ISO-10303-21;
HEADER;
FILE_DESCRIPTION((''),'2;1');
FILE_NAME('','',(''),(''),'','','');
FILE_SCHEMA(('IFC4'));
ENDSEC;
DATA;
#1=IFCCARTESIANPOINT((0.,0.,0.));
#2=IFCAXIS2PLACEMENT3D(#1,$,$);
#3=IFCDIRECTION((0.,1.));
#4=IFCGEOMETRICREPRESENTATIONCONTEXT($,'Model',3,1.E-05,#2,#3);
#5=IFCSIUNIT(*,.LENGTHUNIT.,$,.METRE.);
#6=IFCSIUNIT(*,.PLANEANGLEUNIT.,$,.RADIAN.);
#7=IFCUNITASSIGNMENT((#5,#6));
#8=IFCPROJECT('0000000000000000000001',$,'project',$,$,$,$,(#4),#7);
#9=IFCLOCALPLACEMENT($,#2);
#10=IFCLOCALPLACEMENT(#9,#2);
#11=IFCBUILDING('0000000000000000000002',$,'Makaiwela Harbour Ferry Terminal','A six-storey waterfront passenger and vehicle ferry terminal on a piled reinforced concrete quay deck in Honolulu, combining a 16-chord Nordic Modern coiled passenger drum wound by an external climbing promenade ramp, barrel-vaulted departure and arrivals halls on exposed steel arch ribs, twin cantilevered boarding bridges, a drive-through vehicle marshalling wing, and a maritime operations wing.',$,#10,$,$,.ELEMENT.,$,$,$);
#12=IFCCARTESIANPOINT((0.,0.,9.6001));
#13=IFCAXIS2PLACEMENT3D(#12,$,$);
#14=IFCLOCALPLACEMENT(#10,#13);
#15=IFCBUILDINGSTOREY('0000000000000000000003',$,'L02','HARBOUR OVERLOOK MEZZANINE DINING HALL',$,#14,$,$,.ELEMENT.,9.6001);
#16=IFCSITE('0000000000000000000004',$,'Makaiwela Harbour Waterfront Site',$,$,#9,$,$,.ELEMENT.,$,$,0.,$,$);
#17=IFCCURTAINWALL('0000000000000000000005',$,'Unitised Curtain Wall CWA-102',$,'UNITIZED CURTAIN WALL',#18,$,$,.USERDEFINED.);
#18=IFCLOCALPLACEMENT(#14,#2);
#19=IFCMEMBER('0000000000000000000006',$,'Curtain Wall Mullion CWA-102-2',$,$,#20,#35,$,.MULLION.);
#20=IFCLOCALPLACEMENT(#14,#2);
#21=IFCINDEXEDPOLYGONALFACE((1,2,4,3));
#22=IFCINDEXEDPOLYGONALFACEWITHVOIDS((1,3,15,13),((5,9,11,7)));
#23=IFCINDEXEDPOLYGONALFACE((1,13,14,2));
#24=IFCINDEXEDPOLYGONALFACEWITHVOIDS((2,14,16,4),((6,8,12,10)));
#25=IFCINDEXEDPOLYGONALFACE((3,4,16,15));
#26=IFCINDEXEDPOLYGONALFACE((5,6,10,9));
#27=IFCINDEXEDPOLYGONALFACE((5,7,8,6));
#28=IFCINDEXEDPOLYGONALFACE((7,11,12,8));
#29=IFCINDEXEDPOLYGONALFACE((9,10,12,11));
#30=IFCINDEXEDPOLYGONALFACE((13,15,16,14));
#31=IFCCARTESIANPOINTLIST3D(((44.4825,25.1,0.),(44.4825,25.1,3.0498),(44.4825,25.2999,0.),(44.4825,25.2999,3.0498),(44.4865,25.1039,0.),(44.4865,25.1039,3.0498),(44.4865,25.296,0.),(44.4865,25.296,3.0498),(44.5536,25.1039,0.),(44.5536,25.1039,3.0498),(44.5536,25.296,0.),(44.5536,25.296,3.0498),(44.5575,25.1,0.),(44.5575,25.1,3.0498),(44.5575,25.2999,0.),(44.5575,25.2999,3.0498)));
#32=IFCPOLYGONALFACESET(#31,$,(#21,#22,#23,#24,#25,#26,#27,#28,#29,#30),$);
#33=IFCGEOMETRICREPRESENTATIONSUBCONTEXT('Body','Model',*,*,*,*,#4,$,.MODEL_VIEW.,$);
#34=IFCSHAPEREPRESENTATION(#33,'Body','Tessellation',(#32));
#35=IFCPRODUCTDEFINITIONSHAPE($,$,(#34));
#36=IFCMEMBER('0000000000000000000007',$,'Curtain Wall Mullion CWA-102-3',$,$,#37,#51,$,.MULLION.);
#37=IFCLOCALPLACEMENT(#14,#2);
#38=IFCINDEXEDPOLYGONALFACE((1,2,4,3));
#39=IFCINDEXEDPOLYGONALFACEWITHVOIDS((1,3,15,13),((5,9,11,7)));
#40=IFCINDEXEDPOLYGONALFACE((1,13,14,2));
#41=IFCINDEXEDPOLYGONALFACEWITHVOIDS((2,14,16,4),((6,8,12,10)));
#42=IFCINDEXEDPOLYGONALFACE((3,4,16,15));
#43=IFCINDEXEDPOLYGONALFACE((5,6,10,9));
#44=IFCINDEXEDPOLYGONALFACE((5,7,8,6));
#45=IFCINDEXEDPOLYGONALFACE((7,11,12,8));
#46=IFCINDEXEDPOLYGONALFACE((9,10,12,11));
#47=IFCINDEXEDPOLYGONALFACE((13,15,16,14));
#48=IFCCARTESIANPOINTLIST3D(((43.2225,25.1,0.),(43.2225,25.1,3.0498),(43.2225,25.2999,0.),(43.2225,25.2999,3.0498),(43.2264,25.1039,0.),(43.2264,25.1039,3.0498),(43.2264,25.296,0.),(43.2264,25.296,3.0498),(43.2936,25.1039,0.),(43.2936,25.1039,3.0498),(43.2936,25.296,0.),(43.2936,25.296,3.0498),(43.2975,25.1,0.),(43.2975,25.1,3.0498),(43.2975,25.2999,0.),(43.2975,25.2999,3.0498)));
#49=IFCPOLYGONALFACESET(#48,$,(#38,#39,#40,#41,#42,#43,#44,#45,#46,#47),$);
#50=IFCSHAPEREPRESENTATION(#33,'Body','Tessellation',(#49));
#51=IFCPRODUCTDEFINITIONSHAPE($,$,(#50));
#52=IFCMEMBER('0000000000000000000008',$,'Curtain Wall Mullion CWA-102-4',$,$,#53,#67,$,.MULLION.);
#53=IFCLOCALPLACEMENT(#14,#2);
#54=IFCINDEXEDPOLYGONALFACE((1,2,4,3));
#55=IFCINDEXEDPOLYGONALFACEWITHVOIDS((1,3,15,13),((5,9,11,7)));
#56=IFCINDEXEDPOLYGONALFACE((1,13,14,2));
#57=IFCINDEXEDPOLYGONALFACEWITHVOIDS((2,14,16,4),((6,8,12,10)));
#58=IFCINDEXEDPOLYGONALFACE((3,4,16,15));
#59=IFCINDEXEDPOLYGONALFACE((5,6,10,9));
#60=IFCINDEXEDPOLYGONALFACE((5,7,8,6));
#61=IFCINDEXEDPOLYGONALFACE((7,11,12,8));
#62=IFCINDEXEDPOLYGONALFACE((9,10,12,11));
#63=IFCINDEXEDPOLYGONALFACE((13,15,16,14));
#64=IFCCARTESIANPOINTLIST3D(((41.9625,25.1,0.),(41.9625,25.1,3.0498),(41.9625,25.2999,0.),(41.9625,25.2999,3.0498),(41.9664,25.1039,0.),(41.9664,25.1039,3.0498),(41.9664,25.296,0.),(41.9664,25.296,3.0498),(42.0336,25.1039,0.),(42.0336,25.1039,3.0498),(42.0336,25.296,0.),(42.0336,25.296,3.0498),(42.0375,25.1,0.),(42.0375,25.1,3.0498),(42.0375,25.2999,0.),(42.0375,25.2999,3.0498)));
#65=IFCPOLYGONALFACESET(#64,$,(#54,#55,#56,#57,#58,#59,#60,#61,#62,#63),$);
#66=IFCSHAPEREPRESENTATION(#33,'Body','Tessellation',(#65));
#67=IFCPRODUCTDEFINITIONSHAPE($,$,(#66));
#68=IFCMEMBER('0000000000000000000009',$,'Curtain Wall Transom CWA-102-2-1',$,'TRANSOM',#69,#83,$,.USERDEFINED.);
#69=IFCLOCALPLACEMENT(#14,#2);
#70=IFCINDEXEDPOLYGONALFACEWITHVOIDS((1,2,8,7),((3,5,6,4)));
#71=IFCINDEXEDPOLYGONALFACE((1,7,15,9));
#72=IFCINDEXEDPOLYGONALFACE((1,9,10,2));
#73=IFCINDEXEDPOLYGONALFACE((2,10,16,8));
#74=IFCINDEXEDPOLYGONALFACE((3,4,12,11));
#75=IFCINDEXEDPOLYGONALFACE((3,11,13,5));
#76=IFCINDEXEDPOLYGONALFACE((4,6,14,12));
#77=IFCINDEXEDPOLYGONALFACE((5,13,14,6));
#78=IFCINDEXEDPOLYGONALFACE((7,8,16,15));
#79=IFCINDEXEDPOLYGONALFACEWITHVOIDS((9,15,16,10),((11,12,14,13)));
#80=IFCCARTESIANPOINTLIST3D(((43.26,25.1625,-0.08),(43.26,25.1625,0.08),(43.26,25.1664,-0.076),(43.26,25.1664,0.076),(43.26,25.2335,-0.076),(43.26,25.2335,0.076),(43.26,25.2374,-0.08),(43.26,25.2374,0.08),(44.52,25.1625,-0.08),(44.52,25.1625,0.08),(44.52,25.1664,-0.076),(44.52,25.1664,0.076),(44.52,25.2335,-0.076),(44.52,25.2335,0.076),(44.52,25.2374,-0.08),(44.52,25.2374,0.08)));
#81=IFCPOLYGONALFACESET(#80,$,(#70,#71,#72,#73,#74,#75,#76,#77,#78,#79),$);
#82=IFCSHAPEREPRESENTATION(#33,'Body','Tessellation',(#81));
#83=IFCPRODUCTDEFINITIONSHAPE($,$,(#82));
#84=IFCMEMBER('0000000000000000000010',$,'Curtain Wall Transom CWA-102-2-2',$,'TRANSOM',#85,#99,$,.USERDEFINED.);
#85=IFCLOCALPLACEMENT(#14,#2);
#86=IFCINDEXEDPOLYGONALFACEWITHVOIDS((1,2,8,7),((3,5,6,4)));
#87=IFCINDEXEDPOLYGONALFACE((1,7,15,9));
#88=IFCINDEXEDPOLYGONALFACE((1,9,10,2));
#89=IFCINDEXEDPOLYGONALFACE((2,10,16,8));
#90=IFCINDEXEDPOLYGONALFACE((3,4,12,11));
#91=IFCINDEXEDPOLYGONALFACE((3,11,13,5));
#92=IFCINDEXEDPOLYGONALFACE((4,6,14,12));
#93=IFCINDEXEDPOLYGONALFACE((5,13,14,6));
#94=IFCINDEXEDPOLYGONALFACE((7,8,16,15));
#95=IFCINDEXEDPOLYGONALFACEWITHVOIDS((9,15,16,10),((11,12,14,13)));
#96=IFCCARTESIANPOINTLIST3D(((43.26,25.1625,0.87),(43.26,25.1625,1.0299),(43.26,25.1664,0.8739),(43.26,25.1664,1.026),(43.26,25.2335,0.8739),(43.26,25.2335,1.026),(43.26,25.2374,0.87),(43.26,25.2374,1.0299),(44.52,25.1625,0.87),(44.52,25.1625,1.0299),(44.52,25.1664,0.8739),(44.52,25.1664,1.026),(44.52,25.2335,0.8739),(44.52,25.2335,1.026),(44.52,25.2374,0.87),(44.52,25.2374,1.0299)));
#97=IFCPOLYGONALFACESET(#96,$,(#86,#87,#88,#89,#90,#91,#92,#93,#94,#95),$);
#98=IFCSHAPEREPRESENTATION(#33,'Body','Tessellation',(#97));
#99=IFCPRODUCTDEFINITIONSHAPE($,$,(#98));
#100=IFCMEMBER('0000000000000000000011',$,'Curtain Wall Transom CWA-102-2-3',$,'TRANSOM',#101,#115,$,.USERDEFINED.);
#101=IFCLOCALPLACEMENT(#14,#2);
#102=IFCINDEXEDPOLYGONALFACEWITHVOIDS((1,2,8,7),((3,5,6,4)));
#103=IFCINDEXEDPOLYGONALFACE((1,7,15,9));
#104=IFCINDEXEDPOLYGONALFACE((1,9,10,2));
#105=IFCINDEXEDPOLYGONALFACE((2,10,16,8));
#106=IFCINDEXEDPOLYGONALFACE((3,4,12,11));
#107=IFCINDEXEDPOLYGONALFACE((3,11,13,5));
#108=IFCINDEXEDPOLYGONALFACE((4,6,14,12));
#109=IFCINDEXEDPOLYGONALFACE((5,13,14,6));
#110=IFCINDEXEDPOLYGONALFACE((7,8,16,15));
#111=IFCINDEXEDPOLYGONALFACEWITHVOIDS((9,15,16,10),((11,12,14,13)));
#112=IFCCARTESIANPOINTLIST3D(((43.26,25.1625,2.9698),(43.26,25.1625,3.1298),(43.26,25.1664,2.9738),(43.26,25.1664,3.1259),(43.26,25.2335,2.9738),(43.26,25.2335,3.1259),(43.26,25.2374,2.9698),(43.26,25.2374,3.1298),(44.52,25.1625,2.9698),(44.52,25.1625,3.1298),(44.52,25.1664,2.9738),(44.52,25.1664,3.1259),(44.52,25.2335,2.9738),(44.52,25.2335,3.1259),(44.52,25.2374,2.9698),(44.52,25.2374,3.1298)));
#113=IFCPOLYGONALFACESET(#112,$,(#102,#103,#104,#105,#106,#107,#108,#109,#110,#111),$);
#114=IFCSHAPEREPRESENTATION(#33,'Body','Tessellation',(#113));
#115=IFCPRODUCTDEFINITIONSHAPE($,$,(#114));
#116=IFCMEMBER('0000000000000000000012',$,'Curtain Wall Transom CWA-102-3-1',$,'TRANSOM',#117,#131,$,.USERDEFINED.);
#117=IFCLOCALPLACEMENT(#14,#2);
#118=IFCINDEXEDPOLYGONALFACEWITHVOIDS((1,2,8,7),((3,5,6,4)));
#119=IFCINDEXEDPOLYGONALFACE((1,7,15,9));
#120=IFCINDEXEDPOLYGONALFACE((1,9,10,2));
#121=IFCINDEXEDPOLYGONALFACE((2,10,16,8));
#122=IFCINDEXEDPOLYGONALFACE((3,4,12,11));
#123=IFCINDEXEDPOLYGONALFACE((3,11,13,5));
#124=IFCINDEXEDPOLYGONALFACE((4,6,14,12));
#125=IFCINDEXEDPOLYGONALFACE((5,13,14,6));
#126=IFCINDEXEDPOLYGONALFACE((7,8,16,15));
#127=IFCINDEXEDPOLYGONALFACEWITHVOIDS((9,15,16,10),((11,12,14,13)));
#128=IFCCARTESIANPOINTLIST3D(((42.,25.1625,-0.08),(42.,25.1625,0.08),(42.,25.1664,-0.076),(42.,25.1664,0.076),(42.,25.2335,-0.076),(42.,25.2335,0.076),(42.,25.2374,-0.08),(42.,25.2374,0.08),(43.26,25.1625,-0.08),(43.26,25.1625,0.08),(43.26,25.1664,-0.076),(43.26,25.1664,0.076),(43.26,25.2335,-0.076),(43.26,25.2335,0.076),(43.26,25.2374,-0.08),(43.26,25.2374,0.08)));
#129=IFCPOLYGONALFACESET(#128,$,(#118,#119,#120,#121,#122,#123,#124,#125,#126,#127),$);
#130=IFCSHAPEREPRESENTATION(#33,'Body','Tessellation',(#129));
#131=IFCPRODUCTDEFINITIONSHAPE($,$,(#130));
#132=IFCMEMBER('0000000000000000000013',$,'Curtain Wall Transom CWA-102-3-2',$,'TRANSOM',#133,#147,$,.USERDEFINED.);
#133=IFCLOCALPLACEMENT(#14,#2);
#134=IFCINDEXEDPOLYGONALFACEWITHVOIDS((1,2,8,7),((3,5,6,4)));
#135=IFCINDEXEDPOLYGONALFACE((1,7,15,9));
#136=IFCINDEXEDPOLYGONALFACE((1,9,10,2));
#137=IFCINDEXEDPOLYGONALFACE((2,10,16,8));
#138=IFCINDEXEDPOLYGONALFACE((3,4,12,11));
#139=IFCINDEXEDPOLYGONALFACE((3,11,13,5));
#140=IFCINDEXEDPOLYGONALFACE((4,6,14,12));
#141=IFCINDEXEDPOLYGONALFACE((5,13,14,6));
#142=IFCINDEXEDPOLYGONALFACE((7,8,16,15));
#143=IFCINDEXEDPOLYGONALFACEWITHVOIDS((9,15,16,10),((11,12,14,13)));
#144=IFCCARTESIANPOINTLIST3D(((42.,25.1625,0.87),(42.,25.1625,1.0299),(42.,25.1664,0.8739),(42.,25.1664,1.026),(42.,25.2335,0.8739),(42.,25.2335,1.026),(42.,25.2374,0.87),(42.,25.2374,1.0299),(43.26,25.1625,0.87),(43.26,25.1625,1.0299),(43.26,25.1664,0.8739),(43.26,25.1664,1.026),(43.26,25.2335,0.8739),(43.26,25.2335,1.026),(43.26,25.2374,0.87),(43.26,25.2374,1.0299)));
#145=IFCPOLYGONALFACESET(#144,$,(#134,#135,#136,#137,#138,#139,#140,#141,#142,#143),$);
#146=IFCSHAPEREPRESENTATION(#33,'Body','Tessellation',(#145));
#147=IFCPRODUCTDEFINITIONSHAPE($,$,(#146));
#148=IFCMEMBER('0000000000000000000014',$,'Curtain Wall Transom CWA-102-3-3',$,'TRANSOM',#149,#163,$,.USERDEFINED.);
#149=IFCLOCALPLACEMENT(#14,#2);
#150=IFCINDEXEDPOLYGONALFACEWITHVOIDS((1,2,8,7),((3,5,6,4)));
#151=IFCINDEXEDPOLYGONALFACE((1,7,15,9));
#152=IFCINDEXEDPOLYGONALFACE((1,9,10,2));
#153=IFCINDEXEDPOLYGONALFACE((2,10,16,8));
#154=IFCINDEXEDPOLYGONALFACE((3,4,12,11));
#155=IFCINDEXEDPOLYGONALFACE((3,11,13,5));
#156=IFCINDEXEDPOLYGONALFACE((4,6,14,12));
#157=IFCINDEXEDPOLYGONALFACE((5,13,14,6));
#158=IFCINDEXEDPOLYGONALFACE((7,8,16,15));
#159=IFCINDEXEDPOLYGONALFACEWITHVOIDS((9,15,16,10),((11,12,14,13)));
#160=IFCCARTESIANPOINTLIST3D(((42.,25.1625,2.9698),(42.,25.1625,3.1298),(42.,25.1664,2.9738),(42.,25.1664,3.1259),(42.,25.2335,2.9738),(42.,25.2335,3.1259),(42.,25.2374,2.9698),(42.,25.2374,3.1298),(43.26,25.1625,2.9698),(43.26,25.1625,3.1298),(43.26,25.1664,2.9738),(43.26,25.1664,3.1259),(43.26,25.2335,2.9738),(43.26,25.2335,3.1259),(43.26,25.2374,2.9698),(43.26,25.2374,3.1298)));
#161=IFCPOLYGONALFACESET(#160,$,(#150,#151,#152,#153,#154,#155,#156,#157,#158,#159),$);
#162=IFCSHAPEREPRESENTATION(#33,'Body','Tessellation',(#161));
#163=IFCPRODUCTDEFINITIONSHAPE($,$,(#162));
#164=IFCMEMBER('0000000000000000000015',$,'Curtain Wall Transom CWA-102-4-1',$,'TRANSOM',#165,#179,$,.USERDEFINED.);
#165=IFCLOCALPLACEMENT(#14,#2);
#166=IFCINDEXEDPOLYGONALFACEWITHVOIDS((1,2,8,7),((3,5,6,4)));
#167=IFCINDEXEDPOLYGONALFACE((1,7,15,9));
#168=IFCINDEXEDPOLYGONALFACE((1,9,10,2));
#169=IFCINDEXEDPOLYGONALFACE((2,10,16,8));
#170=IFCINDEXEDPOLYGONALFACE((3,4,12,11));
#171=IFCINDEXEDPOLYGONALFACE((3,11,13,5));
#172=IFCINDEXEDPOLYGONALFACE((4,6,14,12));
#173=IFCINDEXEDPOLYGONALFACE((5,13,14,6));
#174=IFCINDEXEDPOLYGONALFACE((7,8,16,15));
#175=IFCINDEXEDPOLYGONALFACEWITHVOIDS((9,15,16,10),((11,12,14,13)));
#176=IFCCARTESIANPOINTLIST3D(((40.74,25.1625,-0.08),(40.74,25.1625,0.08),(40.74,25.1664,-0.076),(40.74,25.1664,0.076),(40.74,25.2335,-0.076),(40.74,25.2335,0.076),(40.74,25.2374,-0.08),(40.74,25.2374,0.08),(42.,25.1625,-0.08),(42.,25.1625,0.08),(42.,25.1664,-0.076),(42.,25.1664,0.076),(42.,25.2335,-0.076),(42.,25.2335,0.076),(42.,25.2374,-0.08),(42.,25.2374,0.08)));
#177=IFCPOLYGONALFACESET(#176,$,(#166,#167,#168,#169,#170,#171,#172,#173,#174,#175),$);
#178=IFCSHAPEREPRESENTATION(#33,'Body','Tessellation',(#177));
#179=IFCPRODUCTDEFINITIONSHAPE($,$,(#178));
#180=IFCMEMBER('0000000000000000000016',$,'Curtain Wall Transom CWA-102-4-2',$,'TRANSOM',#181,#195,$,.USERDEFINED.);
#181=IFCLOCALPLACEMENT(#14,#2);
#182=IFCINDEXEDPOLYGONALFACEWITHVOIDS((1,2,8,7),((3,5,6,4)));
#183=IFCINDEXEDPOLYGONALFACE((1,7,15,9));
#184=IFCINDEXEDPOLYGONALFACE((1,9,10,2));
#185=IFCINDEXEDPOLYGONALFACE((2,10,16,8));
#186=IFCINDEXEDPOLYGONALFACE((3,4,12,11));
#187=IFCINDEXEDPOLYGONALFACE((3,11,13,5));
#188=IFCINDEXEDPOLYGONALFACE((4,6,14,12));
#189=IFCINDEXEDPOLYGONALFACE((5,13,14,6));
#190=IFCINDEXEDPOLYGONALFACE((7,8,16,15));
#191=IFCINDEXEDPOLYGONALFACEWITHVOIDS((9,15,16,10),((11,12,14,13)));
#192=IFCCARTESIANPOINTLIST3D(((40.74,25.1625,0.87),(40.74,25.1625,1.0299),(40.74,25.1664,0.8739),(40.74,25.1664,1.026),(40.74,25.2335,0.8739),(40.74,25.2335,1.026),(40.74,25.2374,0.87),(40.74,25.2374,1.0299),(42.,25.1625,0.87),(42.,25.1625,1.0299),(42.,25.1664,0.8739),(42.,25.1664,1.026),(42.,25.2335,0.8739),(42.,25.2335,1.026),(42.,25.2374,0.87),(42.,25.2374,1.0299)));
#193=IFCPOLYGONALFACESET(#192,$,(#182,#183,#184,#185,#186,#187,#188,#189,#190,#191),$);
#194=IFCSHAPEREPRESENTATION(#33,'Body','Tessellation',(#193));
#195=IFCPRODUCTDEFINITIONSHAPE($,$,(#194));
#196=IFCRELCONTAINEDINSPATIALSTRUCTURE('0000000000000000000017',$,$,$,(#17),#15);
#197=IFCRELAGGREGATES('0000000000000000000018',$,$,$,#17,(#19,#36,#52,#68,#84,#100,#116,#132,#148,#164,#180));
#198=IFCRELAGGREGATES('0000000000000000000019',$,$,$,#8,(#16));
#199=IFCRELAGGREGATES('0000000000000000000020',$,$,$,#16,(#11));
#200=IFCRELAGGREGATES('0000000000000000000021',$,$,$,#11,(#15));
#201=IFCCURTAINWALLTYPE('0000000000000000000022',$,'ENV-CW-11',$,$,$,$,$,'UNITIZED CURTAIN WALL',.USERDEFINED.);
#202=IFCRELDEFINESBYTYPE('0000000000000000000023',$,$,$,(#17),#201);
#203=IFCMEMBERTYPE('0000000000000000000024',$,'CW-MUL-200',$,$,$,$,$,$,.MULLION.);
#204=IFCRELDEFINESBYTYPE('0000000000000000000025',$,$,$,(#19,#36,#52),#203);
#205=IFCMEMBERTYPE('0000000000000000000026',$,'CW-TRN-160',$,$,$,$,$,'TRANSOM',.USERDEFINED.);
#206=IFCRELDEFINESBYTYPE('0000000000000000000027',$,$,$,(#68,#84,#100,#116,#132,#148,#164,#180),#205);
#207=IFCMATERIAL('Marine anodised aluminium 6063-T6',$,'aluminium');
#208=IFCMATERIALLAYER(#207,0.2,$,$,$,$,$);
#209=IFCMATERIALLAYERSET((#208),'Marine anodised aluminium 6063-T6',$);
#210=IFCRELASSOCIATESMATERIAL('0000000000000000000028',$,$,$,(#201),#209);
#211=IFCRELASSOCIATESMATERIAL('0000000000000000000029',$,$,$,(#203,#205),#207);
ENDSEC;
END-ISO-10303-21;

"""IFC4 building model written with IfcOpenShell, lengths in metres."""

from ifc_helpers import new_model, si_unit, direction, frame, origin, origin_2d, place, context, subcontext, project, spatial, hollow_rectangle, extrude, material, layer, layer_set, material_profile, profile_set, type_object, element, aggregate, save


model = new_model("IFC4")

# Units and contexts
model_context = context("Model", 3, precision=1e-05, world=origin(), true_north=direction((0.0, 1.0)))
body_context = subcontext(model_context, "Body", "Model", "MODEL_VIEW")
ifc_project = project(units=[si_unit("LENGTHUNIT", "METRE"), si_unit("PLANEANGLEUNIT", "RADIAN")], contexts=[model_context])

# Site, building, storey
site_placement = place(None, origin())
site = spatial("IfcSite", under=ifc_project, at=site_placement, Name="Makaiwela Harbour Waterfront Site", CompositionType="ELEMENT", RefElevation=0.0)
building_placement = place(site_placement, origin())
building = spatial("IfcBuilding", under=site, at=building_placement, Name="Makaiwela Harbour Ferry Terminal", Description="A six-storey waterfront passenger and vehicle ferry terminal on a piled reinforced concrete quay deck in Honolulu, combining a 16-chord Nordic Modern coiled passenger drum wound by an external climbing promenade ramp, barrel-vaulted departure and arrivals halls on exposed steel arch ribs, twin cantilevered boarding bridges, a drive-through vehicle marshalling wing, and a maritime operations wing.", CompositionType="ELEMENT")
storey_placement = place(building_placement, frame((0.0, 0.0, 9.6001)))
storey = spatial("IfcBuildingStorey", under=building, at=storey_placement, Name="L02", Description="HARBOUR OVERLOOK MEZZANINE DINING HALL", CompositionType="ELEMENT", Elevation=9.6001)

# Curtain wall, members
ifc_material_1 = material(Name="Marine anodised aluminium 6063-T6", Category="aluminium")
ifc_layer_1 = layer(ifc_material_1, 0.2)
ifc_layer_set_1 = layer_set([ifc_layer_1], Name="Marine anodised aluminium 6063-T6")
curtain_wall_type = type_object("IfcCurtainWallType", Name="ENV-CW-11", ElementType="UNITIZED CURTAIN WALL", PredefinedType="USERDEFINED", material=ifc_layer_set_1)
curtain_wall_placement = place(storey_placement, origin())
curtain_wall = element("IfcCurtainWall", 1, at=curtain_wall_placement, inside=storey, type_object=curtain_wall_type, Name="Unitised Curtain Wall CWA-102", ObjectType="UNITIZED CURTAIN WALL", PredefinedType="USERDEFINED")
ifc_material_profile_1 = material_profile(ifc_material_1, hollow_rectangle(XDim=0.075, YDim=0.2, WallThickness=0.0039, at=origin_2d()), Name="CWM-200X75")
ifc_profile_set_1 = profile_set([ifc_material_profile_1], Name="Marine anodised aluminium 6063-T6")
member_type_1 = type_object("IfcMemberType", Name="CW-MUL-200", PredefinedType="MULLION", material=ifc_profile_set_1)
member_1_placement = place(storey_placement, frame((44.52, 25.2, 0.0), z_axis=(0.0, 0.0, 1.0), x_axis=(1.0, 0.0, 0.0)))
member_1 = element("IfcMember", 2, at=member_1_placement, type_object=member_type_1, Name="Curtain Wall Mullion CWA-102-2", PredefinedType="MULLION", context=body_context, shape_type="SweptSolid", body=[
    extrude(hollow_rectangle(XDim=0.075, YDim=0.2, WallThickness=0.0039, at=origin_2d()), origin(), (0.0, 0.0, 1.0), 3.0498),
])
member_2_placement = place(storey_placement, frame((43.26, 25.2, 0.0), z_axis=(0.0, 0.0, 1.0), x_axis=(1.0, 0.0, 0.0)))
member_2 = element("IfcMember", 3, at=member_2_placement, type_object=member_type_1, Name="Curtain Wall Mullion CWA-102-3", PredefinedType="MULLION", context=body_context, shape_type="SweptSolid", body=[
    extrude(hollow_rectangle(XDim=0.075, YDim=0.2, WallThickness=0.0039, at=origin_2d()), origin(), (0.0, 0.0, 1.0), 3.0498),
])
member_3_placement = place(storey_placement, frame((42.0, 25.2, 0.0), z_axis=(0.0, 0.0, 1.0), x_axis=(1.0, 0.0, 0.0)))
member_3 = element("IfcMember", 4, at=member_3_placement, type_object=member_type_1, Name="Curtain Wall Mullion CWA-102-4", PredefinedType="MULLION", context=body_context, shape_type="SweptSolid", body=[
    extrude(hollow_rectangle(XDim=0.075, YDim=0.2, WallThickness=0.0039, at=origin_2d()), origin(), (0.0, 0.0, 1.0), 3.0498),
])
ifc_material_profile_2 = material_profile(ifc_material_1, hollow_rectangle(XDim=0.075, YDim=0.1599, WallThickness=0.0039, at=origin_2d()), Name="CWT-160X75")
ifc_profile_set_2 = profile_set([ifc_material_profile_2], Name="Marine anodised aluminium 6063-T6")
member_type_2 = type_object("IfcMemberType", Name="CW-TRN-160", ElementType="TRANSOM", PredefinedType="USERDEFINED", material=ifc_profile_set_2)
member_4_placement = place(storey_placement, frame((44.52, 25.2, 0.0), z_axis=(-1.0, 0.0, 0.0), x_axis=(0.0, -1.0, 0.0)))
member_4 = element("IfcMember", 5, at=member_4_placement, type_object=member_type_2, Name="Curtain Wall Transom CWA-102-2-1", ObjectType="TRANSOM", PredefinedType="USERDEFINED", context=body_context, shape_type="SweptSolid", body=[
    extrude(hollow_rectangle(XDim=0.075, YDim=0.1599, WallThickness=0.0039, at=origin_2d()), origin(), (0.0, 0.0, 1.0), 1.26),
])
member_5_placement = place(storey_placement, frame((44.52, 25.2, 0.95), z_axis=(-1.0, 0.0, 0.0), x_axis=(0.0, -1.0, 0.0)))
member_5 = element("IfcMember", 6, at=member_5_placement, type_object=member_type_2, Name="Curtain Wall Transom CWA-102-2-2", ObjectType="TRANSOM", PredefinedType="USERDEFINED", context=body_context, shape_type="SweptSolid", body=[
    extrude(hollow_rectangle(XDim=0.075, YDim=0.1599, WallThickness=0.0039, at=origin_2d()), origin(), (0.0, 0.0, 1.0), 1.26),
])
member_6_placement = place(storey_placement, frame((44.52, 25.2, 3.0498), z_axis=(-1.0, 0.0, 0.0), x_axis=(0.0, -1.0, 0.0)))
member_6 = element("IfcMember", 7, at=member_6_placement, type_object=member_type_2, Name="Curtain Wall Transom CWA-102-2-3", ObjectType="TRANSOM", PredefinedType="USERDEFINED", context=body_context, shape_type="SweptSolid", body=[
    extrude(hollow_rectangle(XDim=0.075, YDim=0.1599, WallThickness=0.0039, at=origin_2d()), origin(), (0.0, 0.0, 1.0), 1.26),
])
member_7_placement = place(storey_placement, frame((43.26, 25.2, 0.0), z_axis=(-1.0, 0.0, 0.0), x_axis=(0.0, -1.0, 0.0)))
member_7 = element("IfcMember", 8, at=member_7_placement, type_object=member_type_2, Name="Curtain Wall Transom CWA-102-3-1", ObjectType="TRANSOM", PredefinedType="USERDEFINED", context=body_context, shape_type="SweptSolid", body=[
    extrude(hollow_rectangle(XDim=0.075, YDim=0.1599, WallThickness=0.0039, at=origin_2d()), origin(), (0.0, 0.0, 1.0), 1.26),
])
member_8_placement = place(storey_placement, frame((43.26, 25.2, 0.95), z_axis=(-1.0, 0.0, 0.0), x_axis=(0.0, -1.0, 0.0)))
member_8 = element("IfcMember", 9, at=member_8_placement, type_object=member_type_2, Name="Curtain Wall Transom CWA-102-3-2", ObjectType="TRANSOM", PredefinedType="USERDEFINED", context=body_context, shape_type="SweptSolid", body=[
    extrude(hollow_rectangle(XDim=0.075, YDim=0.1599, WallThickness=0.0039, at=origin_2d()), origin(), (0.0, 0.0, 1.0), 1.26),
])
member_9_placement = place(storey_placement, frame((43.26, 25.2, 3.0498), z_axis=(-1.0, 0.0, 0.0), x_axis=(0.0, -1.0, 0.0)))
member_9 = element("IfcMember", 10, at=member_9_placement, type_object=member_type_2, Name="Curtain Wall Transom CWA-102-3-3", ObjectType="TRANSOM", PredefinedType="USERDEFINED", context=body_context, shape_type="SweptSolid", body=[
    extrude(hollow_rectangle(XDim=0.075, YDim=0.1599, WallThickness=0.0039, at=origin_2d()), origin(), (0.0, 0.0, 1.0), 1.26),
])
member_10_placement = place(storey_placement, frame((42.0, 25.2, 0.0), z_axis=(-1.0, 0.0, 0.0), x_axis=(0.0, -1.0, 0.0)))
member_10 = element("IfcMember", 11, at=member_10_placement, type_object=member_type_2, Name="Curtain Wall Transom CWA-102-4-1", ObjectType="TRANSOM", PredefinedType="USERDEFINED", context=body_context, shape_type="SweptSolid", body=[
    extrude(hollow_rectangle(XDim=0.075, YDim=0.1599, WallThickness=0.0039, at=origin_2d()), origin(), (0.0, 0.0, 1.0), 1.26),
])
member_11_placement = place(storey_placement, frame((42.0, 25.2, 0.95), z_axis=(-1.0, 0.0, 0.0), x_axis=(0.0, -1.0, 0.0)))
member_11 = element("IfcMember", 12, at=member_11_placement, type_object=member_type_2, Name="Curtain Wall Transom CWA-102-4-2", ObjectType="TRANSOM", PredefinedType="USERDEFINED", context=body_context, shape_type="SweptSolid", body=[
    extrude(hollow_rectangle(XDim=0.075, YDim=0.1599, WallThickness=0.0039, at=origin_2d()), origin(), (0.0, 0.0, 1.0), 1.26),
])
aggregate(curtain_wall, [member_1, member_2, member_3, member_4, member_5, member_6, member_7, member_8, member_9, member_10, member_11])

save(model, "model.ifc")
